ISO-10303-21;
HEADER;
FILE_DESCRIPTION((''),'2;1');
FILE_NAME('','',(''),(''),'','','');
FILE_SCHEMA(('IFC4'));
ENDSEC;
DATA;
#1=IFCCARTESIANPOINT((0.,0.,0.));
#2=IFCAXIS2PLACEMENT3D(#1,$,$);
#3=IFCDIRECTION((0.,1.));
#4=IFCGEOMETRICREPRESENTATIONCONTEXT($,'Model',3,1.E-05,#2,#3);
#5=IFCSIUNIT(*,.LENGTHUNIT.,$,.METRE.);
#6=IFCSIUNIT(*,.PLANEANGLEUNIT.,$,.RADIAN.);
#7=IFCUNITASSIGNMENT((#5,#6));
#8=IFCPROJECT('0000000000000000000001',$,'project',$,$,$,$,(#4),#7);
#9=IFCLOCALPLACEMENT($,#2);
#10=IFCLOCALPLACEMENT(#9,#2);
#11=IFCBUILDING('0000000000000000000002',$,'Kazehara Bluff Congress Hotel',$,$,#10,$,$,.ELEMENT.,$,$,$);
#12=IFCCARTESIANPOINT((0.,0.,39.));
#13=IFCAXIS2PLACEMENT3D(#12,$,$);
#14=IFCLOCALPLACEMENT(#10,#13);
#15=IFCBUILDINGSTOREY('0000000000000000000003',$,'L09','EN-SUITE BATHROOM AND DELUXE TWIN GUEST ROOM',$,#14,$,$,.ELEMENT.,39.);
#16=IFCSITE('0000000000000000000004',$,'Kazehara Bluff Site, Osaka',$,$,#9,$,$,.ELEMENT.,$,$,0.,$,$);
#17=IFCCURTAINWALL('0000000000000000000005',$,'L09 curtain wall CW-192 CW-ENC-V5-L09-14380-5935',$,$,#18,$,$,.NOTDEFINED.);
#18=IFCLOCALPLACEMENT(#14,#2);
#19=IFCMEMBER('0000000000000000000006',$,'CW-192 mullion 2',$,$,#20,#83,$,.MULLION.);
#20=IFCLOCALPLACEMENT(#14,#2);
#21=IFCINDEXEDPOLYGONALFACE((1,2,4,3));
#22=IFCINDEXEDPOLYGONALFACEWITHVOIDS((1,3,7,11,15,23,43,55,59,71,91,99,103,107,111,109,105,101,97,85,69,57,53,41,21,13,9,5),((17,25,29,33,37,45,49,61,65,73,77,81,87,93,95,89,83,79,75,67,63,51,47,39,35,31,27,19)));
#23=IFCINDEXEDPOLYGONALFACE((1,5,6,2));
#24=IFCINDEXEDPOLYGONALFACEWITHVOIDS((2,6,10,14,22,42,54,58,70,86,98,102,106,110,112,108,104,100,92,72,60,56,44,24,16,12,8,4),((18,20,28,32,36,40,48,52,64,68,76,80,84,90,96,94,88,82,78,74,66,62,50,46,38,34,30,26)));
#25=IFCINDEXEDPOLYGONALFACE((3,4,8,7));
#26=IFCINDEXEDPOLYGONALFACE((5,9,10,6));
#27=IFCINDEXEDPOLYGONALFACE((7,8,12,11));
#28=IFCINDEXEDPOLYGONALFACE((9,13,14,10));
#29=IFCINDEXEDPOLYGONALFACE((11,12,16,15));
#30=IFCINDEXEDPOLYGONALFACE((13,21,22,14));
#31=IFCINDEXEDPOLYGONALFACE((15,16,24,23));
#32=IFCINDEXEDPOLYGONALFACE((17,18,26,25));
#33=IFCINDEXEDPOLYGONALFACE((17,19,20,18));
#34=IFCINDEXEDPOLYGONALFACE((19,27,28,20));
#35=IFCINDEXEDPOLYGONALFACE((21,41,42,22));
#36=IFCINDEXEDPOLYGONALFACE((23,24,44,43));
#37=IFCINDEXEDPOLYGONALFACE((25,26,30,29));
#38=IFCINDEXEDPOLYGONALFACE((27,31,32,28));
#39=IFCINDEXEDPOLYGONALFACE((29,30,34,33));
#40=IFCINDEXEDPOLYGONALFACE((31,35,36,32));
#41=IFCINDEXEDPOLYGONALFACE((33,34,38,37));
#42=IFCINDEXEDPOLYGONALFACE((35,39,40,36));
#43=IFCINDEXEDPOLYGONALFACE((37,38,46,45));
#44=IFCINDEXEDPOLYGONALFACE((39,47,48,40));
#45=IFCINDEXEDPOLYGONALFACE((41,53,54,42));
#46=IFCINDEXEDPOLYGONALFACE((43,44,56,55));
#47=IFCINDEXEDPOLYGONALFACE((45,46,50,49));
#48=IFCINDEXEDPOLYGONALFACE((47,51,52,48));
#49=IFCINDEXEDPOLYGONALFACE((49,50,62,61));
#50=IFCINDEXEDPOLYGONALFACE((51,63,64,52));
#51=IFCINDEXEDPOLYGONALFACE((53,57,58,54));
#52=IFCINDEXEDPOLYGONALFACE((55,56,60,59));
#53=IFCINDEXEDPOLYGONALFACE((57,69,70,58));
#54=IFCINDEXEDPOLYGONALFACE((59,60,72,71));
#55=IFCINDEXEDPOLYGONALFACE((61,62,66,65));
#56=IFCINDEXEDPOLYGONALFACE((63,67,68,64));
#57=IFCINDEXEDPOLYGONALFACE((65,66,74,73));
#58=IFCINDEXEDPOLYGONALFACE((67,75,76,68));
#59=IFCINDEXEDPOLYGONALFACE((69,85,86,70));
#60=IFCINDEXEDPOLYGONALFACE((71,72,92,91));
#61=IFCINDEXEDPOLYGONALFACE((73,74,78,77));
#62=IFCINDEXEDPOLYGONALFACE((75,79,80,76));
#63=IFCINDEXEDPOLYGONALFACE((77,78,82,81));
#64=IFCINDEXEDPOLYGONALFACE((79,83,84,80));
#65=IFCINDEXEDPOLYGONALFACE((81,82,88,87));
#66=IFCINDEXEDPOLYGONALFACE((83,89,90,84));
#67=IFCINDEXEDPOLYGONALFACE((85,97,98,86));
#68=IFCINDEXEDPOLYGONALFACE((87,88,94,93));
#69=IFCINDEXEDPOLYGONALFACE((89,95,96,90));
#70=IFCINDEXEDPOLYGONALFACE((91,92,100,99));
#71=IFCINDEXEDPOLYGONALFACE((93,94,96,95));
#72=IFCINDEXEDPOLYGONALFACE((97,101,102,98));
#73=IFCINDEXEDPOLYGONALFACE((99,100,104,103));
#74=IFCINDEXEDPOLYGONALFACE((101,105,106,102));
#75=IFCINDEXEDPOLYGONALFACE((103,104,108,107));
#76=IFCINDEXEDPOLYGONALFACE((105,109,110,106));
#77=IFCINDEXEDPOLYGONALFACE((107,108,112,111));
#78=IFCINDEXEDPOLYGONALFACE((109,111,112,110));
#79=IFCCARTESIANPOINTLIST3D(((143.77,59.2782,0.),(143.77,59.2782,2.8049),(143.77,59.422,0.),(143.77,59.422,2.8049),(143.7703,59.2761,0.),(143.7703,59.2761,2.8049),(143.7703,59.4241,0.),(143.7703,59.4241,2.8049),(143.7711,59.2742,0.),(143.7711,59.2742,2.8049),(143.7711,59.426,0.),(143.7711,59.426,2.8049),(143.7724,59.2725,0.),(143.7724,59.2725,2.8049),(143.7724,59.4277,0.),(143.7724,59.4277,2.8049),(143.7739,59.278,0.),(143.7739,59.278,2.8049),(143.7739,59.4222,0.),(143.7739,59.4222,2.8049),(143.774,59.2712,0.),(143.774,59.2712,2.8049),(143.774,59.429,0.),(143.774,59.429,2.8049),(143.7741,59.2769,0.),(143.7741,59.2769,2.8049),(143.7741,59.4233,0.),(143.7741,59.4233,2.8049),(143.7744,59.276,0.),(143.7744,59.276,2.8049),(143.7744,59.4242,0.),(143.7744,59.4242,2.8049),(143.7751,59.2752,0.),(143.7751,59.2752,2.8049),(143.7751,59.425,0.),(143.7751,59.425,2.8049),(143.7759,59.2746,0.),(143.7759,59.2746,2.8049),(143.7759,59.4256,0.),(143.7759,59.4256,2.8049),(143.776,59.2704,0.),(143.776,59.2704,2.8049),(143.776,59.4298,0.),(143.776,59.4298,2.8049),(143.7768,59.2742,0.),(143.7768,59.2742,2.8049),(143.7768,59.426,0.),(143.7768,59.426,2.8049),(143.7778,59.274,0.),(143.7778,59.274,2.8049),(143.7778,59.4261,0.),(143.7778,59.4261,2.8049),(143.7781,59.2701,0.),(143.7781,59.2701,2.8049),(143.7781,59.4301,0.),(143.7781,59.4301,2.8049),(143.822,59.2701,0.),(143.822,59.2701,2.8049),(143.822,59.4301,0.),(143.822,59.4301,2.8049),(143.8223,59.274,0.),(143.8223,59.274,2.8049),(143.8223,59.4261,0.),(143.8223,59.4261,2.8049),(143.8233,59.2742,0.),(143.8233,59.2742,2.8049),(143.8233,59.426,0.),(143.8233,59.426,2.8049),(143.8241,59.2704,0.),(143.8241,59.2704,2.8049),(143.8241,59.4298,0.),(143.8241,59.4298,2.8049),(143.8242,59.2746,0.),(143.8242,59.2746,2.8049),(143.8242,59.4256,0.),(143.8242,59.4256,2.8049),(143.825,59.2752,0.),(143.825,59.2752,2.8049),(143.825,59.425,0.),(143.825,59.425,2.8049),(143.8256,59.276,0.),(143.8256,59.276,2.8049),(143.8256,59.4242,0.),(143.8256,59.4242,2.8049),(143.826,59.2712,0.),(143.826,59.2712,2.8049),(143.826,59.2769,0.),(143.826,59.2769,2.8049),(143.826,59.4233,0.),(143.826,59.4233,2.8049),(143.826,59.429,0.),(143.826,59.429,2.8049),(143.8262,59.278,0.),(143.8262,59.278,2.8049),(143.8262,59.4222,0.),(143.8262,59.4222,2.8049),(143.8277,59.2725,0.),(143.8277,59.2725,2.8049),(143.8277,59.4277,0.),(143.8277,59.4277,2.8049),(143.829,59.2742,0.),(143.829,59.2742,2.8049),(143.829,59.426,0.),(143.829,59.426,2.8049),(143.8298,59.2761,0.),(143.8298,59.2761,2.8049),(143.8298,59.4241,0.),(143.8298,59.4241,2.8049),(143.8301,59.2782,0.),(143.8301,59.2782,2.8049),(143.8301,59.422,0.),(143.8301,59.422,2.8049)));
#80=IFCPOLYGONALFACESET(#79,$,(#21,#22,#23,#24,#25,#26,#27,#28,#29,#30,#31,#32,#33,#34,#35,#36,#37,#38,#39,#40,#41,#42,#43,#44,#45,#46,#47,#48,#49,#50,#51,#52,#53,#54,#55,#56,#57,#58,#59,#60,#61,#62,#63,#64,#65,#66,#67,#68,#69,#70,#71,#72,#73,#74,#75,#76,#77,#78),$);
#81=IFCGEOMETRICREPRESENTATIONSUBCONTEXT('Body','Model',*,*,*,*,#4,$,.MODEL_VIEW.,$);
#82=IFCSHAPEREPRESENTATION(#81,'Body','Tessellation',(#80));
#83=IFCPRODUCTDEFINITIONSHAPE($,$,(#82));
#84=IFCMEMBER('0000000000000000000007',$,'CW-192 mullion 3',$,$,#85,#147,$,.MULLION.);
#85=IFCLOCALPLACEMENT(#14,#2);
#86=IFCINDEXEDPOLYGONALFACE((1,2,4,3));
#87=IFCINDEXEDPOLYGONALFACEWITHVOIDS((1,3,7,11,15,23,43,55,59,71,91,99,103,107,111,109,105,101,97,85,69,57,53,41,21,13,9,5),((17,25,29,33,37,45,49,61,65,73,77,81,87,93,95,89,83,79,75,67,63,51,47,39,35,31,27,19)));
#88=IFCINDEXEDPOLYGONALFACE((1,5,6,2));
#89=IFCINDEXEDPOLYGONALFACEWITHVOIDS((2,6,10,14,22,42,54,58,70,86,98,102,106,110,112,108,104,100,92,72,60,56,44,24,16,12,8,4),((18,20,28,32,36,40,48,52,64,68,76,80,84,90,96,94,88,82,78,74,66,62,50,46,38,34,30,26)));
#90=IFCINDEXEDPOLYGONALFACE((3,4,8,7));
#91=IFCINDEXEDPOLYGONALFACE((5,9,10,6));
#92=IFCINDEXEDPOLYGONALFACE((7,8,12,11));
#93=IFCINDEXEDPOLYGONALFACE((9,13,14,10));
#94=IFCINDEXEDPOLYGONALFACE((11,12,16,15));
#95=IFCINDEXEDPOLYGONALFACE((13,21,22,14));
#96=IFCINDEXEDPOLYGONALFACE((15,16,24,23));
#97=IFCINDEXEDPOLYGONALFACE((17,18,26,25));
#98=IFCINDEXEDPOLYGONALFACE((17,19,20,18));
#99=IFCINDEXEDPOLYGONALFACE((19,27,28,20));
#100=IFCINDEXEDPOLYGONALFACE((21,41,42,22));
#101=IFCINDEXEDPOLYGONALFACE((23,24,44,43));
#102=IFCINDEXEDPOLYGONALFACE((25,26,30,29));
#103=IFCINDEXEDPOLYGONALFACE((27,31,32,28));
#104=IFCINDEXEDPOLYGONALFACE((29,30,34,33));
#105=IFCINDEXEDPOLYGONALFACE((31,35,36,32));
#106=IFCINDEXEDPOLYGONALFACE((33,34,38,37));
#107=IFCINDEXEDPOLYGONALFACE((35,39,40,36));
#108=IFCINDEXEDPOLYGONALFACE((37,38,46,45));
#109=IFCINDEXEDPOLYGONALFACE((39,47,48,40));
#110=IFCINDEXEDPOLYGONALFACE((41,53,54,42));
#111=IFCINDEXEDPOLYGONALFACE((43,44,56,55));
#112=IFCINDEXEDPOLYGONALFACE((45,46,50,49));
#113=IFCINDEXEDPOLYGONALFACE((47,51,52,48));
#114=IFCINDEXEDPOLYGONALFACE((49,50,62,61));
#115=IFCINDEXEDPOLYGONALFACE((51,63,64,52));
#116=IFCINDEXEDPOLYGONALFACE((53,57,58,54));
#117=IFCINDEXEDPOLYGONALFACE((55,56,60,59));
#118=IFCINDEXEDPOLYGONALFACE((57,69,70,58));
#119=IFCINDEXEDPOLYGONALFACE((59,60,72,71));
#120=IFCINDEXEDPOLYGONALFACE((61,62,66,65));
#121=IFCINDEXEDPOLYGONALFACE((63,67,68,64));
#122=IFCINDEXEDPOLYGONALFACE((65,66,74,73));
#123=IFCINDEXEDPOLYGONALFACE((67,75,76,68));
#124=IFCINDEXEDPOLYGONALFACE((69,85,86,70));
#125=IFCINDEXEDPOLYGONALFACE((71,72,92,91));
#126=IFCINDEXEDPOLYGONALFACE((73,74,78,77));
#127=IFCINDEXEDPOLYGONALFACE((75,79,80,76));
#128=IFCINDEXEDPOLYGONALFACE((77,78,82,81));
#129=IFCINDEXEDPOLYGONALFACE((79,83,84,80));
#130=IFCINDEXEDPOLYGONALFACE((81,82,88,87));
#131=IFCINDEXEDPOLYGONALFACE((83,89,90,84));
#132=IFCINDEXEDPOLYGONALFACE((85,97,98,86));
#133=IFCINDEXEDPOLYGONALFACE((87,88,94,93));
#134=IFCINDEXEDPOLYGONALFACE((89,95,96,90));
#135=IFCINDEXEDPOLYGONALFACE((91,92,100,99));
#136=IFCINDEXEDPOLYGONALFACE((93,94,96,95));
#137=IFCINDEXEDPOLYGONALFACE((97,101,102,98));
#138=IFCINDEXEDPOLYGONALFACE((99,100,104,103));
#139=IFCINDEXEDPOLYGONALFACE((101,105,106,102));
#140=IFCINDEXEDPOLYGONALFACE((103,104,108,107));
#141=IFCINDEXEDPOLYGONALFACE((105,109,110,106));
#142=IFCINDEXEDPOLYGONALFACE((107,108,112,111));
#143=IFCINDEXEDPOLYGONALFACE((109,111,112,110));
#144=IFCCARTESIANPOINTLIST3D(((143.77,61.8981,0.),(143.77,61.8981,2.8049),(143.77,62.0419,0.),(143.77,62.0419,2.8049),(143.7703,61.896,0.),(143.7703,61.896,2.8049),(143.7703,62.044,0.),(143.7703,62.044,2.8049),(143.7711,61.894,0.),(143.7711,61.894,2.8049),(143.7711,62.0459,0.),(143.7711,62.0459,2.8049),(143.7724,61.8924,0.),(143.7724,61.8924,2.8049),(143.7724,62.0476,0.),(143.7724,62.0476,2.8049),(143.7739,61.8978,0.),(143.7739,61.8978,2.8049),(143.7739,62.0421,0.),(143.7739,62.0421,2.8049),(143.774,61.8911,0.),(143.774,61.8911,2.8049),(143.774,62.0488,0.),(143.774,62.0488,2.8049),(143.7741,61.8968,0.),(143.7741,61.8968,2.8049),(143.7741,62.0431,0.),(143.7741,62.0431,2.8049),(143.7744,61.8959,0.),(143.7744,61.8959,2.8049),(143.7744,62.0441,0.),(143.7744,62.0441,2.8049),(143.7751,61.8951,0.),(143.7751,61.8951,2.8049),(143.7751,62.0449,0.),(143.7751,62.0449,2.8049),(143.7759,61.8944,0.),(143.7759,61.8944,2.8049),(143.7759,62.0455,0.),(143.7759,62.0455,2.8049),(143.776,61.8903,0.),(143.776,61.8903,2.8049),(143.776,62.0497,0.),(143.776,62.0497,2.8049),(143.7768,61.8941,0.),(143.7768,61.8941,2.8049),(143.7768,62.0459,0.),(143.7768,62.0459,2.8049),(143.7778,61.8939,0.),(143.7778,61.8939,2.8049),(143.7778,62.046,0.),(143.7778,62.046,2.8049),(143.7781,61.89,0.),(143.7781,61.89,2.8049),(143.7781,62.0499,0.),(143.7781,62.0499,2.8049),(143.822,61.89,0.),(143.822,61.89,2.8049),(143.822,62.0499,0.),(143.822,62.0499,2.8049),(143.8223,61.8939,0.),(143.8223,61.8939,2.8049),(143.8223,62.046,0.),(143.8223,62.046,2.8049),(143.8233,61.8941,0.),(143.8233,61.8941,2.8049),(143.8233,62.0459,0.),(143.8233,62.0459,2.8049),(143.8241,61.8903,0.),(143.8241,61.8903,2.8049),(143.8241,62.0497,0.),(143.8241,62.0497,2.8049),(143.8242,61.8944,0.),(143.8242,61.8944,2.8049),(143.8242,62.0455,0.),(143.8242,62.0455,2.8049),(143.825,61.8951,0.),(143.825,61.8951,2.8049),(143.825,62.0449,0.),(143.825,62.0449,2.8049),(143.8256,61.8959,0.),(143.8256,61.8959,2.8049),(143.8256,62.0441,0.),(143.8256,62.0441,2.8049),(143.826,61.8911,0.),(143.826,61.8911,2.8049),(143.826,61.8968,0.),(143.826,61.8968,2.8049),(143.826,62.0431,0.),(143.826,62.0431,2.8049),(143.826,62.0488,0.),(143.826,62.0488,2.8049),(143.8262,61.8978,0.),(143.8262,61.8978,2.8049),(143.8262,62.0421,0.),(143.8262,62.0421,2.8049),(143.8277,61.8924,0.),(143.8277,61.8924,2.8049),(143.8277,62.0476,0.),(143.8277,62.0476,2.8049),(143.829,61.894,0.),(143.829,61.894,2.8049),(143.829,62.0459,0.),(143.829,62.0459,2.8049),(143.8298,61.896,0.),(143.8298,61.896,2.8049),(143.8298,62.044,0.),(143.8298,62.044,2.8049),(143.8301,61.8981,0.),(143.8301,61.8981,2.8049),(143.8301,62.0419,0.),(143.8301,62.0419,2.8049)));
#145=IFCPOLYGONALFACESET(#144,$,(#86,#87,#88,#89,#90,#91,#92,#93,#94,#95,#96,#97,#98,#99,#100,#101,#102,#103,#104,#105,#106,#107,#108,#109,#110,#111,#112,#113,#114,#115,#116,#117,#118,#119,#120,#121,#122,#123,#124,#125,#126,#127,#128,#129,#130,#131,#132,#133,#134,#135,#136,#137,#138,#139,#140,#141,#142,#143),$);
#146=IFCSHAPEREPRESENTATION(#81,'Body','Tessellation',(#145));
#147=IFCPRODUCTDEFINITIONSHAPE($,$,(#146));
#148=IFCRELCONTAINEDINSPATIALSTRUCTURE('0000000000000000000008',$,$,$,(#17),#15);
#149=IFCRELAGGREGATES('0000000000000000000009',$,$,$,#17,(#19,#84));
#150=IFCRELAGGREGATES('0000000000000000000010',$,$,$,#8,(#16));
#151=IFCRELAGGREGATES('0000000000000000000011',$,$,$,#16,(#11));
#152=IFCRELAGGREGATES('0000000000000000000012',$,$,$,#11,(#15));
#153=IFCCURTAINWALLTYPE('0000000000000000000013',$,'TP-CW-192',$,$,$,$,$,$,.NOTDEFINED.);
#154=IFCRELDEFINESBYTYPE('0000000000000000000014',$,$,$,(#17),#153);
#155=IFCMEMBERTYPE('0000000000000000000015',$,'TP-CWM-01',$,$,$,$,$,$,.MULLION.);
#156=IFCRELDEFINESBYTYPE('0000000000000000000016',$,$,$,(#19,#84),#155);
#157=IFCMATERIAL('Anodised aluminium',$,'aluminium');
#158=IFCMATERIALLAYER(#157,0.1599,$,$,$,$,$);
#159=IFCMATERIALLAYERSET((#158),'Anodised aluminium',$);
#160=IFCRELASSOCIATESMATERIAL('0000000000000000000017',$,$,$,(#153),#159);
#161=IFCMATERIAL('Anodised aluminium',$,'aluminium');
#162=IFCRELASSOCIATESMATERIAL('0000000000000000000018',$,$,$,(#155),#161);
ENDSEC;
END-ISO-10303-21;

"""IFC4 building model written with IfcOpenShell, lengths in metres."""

from ifc_helpers import new_model, si_unit, direction, frame, origin, origin_2d, place, context, subcontext, project, spatial, hollow_rectangle, extrude, material, layer, layer_set, material_profile, profile_set, type_object, element, aggregate, save


model = new_model("IFC4")

# Units and contexts
model_context = context("Model", 3, precision=1e-05, world=origin(), true_north=direction((0.0, 1.0)))
body_context = subcontext(model_context, "Body", "Model", "MODEL_VIEW")
ifc_project = project(units=[si_unit("LENGTHUNIT", "METRE"), si_unit("PLANEANGLEUNIT", "RADIAN")], contexts=[model_context])

# Site, building, storey
site_placement = place(None, origin())
site = spatial("IfcSite", under=ifc_project, at=site_placement, Name="Kazehara Bluff Site, Osaka", CompositionType="ELEMENT", RefElevation=0.0)
building_placement = place(site_placement, origin())
building = spatial("IfcBuilding", under=site, at=building_placement, Name="Kazehara Bluff Congress Hotel", CompositionType="ELEMENT")
storey_placement = place(building_placement, frame((0.0, 0.0, 39.0)))
storey = spatial("IfcBuildingStorey", under=building, at=storey_placement, Name="L09", Description="EN-SUITE BATHROOM AND DELUXE TWIN GUEST ROOM", CompositionType="ELEMENT", Elevation=39.0)

# Curtain wall, members
ifc_material_1 = material(Name="Anodised aluminium", Category="aluminium")
ifc_layer_1 = layer(ifc_material_1, 0.1599)
ifc_layer_set_1 = layer_set([ifc_layer_1], Name="Anodised aluminium")
curtain_wall_type = type_object("IfcCurtainWallType", Name="TP-CW-192", PredefinedType="NOTDEFINED", material=ifc_layer_set_1)
curtain_wall_placement = place(storey_placement, origin())
curtain_wall = element("IfcCurtainWall", 1, at=curtain_wall_placement, inside=storey, type_object=curtain_wall_type, Name="L09 curtain wall CW-192 CW-ENC-V5-L09-14380-5935", PredefinedType="NOTDEFINED")
ifc_material_2 = material(Name="Anodised aluminium", Category="aluminium")
ifc_material_profile_1 = material_profile(ifc_material_2, hollow_rectangle(XDim=0.0601, YDim=0.1599, WallThickness=0.0039, InnerFilletRadius=0.0039, OuterFilletRadius=0.0081, at=origin_2d()))
ifc_profile_set_1 = profile_set([ifc_material_profile_1], Name="Anodised aluminium")
member_type_1 = type_object("IfcMemberType", Name="TP-CWM-01", PredefinedType="MULLION", material=ifc_profile_set_1)
member_1_placement = place(storey_placement, frame((143.8, 59.3501, 0.0), z_axis=(0.0, 0.0, 1.0), x_axis=(-1.0, 0.0, 0.0)))
member_1 = element("IfcMember", 2, at=member_1_placement, type_object=member_type_1, Name="CW-192 mullion 2", PredefinedType="MULLION", context=body_context, shape_type="SweptSolid", body=[
    extrude(hollow_rectangle(XDim=0.0601, YDim=0.1599, WallThickness=0.0039, InnerFilletRadius=0.0039, OuterFilletRadius=0.0081, at=origin_2d()), origin(), (0.0, 0.0, 1.0), 2.8049),
])
member_2_placement = place(storey_placement, frame((143.8, 61.97, 0.0), z_axis=(0.0, 0.0, 1.0), x_axis=(-1.0, 0.0, 0.0)))
member_2 = element("IfcMember", 3, at=member_2_placement, type_object=member_type_1, Name="CW-192 mullion 3", PredefinedType="MULLION", context=body_context, shape_type="SweptSolid", body=[
    extrude(hollow_rectangle(XDim=0.0601, YDim=0.1599, WallThickness=0.0039, InnerFilletRadius=0.0039, OuterFilletRadius=0.0081, at=origin_2d()), origin(), (0.0, 0.0, 1.0), 2.8049),
])

aggregate(curtain_wall, [member_1, member_2])

save(model, "model.ifc")
